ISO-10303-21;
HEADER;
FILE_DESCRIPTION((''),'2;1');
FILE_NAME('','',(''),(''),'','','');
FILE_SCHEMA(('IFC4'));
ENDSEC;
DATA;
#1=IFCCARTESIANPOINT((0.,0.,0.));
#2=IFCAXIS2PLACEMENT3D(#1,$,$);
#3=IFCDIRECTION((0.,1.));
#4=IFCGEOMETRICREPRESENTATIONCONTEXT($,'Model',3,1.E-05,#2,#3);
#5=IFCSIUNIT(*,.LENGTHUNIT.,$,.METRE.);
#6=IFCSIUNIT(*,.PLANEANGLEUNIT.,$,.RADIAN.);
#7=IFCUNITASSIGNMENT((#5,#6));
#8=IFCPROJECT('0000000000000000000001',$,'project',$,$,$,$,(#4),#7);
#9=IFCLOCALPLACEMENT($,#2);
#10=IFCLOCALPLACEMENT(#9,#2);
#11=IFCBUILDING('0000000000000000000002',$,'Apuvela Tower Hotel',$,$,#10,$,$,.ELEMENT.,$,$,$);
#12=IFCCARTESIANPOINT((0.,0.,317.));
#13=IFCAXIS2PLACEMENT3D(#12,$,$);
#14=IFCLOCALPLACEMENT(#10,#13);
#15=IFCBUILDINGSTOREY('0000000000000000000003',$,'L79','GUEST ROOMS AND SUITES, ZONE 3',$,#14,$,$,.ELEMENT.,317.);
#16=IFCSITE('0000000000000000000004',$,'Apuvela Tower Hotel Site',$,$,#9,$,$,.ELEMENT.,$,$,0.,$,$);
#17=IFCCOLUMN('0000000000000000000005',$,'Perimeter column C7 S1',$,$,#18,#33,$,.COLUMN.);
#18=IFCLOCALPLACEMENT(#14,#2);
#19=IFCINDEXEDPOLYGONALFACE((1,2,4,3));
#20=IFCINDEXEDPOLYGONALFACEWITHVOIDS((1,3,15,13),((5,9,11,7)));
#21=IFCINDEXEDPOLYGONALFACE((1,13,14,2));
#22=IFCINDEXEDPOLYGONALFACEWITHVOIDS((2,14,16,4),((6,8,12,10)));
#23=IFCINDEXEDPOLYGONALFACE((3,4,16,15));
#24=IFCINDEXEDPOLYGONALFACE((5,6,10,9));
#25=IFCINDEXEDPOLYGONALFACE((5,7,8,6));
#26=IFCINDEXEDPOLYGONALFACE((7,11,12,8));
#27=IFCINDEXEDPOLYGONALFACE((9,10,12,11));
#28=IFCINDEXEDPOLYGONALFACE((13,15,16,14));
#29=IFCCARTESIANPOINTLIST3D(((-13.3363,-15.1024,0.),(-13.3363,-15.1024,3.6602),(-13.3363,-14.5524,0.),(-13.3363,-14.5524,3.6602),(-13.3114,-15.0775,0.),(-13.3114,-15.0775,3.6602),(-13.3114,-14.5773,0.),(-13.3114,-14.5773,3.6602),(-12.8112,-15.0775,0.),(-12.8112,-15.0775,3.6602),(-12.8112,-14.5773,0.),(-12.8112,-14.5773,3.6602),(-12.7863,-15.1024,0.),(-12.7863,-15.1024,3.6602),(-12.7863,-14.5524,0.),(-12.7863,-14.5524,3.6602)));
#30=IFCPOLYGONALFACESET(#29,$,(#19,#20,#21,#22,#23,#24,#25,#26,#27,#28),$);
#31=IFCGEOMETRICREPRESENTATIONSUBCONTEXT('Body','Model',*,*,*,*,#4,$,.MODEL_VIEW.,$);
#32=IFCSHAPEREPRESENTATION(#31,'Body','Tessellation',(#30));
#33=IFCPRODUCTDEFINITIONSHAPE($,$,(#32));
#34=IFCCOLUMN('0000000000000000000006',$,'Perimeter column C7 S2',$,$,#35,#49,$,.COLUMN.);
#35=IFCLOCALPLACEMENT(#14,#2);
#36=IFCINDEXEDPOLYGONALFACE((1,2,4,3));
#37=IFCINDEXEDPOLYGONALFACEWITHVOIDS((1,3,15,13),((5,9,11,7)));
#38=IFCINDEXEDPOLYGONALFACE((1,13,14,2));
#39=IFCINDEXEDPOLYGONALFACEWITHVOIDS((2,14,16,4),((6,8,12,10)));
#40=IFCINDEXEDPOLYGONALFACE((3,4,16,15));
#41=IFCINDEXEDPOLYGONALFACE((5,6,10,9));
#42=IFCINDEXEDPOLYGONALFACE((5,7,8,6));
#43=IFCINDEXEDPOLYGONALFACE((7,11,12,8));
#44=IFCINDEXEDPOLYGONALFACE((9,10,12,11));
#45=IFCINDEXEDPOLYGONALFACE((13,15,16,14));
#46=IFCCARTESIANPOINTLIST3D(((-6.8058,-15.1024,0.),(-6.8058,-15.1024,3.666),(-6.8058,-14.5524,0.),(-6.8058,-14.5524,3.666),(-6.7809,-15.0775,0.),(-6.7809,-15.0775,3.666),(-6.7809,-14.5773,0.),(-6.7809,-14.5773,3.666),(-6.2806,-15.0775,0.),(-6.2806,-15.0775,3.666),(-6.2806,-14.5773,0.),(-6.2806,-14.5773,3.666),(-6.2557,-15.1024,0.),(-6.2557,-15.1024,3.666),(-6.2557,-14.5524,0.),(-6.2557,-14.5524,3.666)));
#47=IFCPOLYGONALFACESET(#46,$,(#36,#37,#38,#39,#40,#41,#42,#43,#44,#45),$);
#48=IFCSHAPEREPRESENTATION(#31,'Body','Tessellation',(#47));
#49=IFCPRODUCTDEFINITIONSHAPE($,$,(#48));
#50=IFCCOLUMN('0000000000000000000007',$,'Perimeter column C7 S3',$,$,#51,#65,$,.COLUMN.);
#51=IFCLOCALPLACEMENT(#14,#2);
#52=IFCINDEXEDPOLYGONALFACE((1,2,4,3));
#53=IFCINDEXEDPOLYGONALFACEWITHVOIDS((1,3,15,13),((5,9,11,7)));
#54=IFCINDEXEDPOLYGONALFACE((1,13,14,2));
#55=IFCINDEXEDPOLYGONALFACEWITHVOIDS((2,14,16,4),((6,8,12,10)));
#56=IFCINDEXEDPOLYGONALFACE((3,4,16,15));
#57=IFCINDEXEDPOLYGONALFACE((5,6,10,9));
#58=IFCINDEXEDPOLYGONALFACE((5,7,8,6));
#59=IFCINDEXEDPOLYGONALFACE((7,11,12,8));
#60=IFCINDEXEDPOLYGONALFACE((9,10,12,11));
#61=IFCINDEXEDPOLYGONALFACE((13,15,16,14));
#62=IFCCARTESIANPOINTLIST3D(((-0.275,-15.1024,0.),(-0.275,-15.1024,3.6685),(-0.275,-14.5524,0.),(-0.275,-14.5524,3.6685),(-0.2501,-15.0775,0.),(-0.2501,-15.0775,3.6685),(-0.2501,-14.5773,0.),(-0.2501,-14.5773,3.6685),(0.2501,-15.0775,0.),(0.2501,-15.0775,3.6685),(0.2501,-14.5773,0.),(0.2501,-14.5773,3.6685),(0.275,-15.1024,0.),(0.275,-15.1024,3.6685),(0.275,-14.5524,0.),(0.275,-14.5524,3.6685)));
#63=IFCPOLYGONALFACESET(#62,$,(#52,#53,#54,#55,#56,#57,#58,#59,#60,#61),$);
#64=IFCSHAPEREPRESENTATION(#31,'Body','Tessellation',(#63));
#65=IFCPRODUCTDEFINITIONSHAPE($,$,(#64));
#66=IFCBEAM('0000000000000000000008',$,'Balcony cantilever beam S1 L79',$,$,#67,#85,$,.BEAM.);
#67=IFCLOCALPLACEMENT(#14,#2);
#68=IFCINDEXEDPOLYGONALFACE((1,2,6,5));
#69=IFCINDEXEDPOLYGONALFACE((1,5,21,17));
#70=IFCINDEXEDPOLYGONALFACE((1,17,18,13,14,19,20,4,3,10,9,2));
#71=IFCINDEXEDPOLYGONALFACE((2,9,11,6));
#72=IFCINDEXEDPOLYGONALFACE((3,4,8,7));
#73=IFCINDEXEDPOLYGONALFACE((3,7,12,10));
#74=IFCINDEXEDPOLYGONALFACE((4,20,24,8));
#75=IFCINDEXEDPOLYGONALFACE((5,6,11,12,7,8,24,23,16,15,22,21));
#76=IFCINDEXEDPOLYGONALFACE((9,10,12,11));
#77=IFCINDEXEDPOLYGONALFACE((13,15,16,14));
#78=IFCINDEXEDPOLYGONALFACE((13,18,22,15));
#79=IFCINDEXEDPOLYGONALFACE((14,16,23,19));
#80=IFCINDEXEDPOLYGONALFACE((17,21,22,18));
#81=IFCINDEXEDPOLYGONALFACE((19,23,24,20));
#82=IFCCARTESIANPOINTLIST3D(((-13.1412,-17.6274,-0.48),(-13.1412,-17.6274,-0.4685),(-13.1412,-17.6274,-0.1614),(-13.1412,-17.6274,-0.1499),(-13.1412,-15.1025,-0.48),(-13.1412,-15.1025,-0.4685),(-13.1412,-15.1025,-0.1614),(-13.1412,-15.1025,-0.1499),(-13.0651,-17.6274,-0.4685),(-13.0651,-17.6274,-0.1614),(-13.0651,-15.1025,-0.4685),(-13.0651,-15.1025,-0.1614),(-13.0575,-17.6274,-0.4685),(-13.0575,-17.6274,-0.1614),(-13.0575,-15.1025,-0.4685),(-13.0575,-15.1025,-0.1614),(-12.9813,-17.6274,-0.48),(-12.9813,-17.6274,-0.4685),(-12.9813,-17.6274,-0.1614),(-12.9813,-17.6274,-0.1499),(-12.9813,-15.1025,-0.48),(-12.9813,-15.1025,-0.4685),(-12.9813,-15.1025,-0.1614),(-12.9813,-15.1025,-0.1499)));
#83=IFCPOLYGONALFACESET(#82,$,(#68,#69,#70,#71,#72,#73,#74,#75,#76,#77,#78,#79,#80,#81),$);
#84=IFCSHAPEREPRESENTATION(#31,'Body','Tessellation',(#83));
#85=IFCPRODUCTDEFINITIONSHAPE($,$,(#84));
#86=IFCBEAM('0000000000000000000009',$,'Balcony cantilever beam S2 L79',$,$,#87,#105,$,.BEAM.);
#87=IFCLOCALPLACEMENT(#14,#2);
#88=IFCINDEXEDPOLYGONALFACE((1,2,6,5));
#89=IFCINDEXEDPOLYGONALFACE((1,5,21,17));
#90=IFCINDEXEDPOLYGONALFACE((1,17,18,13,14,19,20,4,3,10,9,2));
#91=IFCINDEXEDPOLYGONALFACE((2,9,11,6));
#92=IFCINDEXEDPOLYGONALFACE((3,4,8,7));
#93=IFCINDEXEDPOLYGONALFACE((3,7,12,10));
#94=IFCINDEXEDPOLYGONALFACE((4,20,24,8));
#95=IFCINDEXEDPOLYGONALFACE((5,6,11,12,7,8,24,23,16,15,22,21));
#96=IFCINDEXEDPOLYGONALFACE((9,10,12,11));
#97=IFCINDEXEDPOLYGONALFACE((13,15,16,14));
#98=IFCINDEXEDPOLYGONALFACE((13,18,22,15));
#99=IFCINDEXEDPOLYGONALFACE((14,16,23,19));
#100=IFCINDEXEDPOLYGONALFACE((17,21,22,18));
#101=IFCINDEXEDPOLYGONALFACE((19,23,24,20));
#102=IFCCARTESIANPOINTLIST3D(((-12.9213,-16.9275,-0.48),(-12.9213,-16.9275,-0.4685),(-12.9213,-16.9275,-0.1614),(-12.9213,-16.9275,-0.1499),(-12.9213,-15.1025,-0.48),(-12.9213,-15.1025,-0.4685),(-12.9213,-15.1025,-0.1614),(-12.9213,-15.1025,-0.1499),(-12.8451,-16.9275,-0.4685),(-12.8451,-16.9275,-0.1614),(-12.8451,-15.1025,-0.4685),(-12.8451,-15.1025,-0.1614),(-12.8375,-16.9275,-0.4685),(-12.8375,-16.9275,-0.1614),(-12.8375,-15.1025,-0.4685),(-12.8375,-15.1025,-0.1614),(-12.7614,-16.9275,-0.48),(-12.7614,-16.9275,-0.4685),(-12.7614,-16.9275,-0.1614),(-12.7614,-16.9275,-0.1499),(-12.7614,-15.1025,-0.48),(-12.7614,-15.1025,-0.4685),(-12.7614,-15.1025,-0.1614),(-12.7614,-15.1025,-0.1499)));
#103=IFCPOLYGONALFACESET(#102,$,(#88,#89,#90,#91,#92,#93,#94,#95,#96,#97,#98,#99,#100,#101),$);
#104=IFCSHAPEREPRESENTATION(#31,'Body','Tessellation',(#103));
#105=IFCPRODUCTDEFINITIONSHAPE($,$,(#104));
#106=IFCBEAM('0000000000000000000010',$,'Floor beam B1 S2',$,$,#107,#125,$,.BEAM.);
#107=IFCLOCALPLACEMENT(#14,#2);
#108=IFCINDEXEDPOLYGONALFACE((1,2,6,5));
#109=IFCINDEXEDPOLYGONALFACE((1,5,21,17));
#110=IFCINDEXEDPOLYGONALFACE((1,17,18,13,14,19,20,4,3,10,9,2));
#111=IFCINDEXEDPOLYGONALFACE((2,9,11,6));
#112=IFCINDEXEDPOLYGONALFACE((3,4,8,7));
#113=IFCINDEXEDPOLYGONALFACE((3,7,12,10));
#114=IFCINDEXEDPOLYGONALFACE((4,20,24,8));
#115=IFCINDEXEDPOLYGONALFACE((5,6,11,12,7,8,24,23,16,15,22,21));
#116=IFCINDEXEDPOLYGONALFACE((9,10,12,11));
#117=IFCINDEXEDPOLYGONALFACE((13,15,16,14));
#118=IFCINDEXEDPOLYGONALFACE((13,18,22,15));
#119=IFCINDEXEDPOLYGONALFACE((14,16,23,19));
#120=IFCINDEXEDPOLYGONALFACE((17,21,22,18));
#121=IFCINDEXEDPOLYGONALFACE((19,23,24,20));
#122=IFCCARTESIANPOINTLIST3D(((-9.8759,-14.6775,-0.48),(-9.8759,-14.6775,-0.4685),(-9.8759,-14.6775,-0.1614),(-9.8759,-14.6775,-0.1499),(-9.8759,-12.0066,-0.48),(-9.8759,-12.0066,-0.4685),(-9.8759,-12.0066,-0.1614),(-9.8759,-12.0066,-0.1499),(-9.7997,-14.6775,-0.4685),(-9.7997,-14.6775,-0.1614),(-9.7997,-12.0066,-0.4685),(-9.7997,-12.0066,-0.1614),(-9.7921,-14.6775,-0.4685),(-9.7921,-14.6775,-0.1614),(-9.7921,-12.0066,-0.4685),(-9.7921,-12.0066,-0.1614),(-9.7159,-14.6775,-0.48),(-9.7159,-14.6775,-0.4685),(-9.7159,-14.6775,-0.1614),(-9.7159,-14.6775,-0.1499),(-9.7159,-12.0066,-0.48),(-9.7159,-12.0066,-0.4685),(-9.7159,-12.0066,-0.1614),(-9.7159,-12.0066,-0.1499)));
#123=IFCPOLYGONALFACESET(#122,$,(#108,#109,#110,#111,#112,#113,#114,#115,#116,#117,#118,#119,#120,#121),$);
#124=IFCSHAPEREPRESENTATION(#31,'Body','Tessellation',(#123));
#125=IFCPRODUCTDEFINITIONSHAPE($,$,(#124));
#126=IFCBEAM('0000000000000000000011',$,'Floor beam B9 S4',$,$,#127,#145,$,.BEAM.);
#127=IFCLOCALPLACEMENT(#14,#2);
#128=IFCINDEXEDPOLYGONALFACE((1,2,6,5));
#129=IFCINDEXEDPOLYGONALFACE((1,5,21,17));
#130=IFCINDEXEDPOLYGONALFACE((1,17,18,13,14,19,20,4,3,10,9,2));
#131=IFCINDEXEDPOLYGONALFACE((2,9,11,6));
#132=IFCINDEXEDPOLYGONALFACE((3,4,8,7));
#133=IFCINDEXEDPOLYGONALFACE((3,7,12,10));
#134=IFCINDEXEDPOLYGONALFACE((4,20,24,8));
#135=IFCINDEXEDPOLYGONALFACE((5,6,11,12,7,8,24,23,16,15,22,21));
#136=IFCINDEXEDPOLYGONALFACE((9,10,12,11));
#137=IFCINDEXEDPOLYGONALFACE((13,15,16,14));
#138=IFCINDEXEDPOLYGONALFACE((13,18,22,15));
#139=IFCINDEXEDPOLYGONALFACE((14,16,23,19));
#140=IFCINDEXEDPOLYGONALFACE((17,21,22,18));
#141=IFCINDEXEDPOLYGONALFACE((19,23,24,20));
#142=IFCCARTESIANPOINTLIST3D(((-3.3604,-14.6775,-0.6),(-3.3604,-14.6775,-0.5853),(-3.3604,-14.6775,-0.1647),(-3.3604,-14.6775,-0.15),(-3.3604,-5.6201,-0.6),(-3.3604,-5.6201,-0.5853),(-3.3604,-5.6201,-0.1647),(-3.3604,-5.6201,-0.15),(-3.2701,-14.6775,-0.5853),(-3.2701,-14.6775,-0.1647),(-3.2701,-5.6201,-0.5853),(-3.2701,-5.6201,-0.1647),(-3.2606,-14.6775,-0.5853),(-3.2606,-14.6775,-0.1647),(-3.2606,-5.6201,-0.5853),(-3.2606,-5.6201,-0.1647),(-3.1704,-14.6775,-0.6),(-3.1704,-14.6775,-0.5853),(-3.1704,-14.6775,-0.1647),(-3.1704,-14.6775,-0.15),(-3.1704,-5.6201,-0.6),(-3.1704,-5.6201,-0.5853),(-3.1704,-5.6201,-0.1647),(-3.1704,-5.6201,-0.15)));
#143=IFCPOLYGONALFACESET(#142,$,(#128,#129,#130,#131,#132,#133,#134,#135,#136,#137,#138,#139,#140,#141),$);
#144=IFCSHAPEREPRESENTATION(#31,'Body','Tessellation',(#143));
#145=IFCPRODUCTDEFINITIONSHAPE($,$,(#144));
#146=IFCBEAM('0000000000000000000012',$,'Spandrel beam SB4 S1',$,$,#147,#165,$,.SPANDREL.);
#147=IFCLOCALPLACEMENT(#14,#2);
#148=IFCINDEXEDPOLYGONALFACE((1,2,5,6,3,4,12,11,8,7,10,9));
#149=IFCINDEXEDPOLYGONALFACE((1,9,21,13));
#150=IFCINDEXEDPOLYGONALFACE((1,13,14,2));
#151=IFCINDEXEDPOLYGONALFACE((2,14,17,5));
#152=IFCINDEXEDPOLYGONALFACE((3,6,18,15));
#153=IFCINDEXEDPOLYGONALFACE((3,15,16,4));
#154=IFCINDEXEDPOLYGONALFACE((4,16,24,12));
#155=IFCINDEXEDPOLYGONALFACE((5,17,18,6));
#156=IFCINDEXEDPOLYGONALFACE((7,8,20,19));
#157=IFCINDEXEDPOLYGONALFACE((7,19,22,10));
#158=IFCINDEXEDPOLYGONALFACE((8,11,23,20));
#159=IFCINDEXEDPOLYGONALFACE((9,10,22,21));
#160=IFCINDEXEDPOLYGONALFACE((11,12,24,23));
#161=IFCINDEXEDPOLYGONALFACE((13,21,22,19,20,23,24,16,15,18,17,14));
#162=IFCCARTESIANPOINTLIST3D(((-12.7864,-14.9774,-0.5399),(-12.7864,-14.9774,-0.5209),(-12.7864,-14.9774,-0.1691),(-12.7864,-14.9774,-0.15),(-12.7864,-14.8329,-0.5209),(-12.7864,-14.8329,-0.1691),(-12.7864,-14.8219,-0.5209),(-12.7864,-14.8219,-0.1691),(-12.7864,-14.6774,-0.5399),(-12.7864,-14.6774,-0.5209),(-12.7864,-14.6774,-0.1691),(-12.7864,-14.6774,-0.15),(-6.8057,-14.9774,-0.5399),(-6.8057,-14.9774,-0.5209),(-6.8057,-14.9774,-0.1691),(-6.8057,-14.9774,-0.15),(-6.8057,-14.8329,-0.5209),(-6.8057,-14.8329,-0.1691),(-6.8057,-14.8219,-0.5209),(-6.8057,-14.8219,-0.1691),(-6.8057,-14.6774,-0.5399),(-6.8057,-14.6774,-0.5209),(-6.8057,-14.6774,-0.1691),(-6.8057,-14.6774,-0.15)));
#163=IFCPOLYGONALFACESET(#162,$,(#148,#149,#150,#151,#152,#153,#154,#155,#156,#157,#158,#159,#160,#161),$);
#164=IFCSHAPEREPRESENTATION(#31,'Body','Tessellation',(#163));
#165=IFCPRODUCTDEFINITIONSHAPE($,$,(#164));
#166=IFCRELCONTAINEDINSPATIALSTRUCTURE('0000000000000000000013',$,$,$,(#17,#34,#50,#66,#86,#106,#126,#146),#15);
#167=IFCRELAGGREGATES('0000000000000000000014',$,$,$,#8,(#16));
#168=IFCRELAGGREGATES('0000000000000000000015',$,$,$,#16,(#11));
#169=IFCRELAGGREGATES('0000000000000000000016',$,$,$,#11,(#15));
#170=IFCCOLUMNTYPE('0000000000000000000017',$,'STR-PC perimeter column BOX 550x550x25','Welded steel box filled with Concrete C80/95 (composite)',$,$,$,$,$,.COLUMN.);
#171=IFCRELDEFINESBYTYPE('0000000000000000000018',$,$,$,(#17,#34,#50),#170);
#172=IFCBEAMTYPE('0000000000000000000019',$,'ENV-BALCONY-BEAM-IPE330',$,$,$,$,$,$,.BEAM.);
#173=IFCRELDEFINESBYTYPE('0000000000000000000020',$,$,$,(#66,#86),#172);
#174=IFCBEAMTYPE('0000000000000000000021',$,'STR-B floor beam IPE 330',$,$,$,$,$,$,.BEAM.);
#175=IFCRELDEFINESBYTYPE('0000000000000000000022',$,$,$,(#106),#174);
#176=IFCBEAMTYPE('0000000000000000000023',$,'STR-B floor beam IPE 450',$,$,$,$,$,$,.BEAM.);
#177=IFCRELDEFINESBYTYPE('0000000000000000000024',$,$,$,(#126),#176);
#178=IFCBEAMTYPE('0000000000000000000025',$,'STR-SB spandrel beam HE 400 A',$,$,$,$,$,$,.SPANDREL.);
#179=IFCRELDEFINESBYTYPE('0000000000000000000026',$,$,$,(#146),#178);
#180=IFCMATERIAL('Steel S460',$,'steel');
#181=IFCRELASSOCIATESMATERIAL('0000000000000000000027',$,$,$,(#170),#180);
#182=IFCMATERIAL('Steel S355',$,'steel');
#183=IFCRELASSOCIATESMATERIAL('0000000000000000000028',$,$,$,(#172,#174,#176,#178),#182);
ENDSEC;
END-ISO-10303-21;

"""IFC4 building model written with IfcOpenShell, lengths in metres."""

from ifc_helpers import new_model, si_unit, direction, frame, origin, origin_2d, place, context, subcontext, project, spatial, rectangle, hollow_rectangle, i_section, extrude, boolean, halfspace, material, material_profile, profile_set, type_object, element, save


model = new_model("IFC4")

# Units and contexts
model_context = context("Model", 3, precision=1e-05, world=origin(), true_north=direction((0.0, 1.0)))
body_context = subcontext(model_context, "Body", "Model", "MODEL_VIEW")
ifc_project = project(units=[si_unit("LENGTHUNIT", "METRE"), si_unit("PLANEANGLEUNIT", "RADIAN")], contexts=[model_context])

# Site, building, storey
site_placement = place(None, origin())
site = spatial("IfcSite", under=ifc_project, at=site_placement, Name="Apuvela Tower Hotel Site", CompositionType="ELEMENT", RefElevation=0.0)
building_placement = place(site_placement, origin())
building = spatial("IfcBuilding", under=site, at=building_placement, Name="Apuvela Tower Hotel", CompositionType="ELEMENT")
storey_placement = place(building_placement, frame((0.0, 0.0, 317.0)))
storey = spatial("IfcBuildingStorey", under=building, at=storey_placement, Name="L79", Description="GUEST ROOMS AND SUITES, ZONE 3", CompositionType="ELEMENT", Elevation=317.0)

# Columns
ifc_material_1 = material(Name="Steel S460", Category="steel")
ifc_material_profile_1 = material_profile(ifc_material_1, hollow_rectangle(XDim=0.55, YDim=0.55, WallThickness=0.0249, at=origin_2d()), Name="BOX 550x550x25")
ifc_material_2 = material(Name="Concrete C80/95", Category="concrete")
ifc_material_profile_2 = material_profile(ifc_material_2, rectangle(XDim=0.5, YDim=0.5, at=origin_2d()), Name="Concrete C80/95 infill")
ifc_profile_set_1 = profile_set([ifc_material_profile_1, ifc_material_profile_2], Name="Steel S460")
column_type = type_object("IfcColumnType", Name="STR-PC perimeter column BOX 550x550x25", Description="Welded steel box filled with Concrete C80/95 (composite)", PredefinedType="COLUMN", material=ifc_profile_set_1)
column_1_placement = place(storey_placement, frame((-13.0613, -14.8274, 0.0), z_axis=(0.0, 0.0, 1.0), x_axis=(-1.0, 0.0, 0.0)))
element("IfcColumn", 1, at=column_1_placement, inside=storey, type_object=column_type, Name="Perimeter column C7 S1", PredefinedType="COLUMN", context=body_context, shape_type="SweptSolid", body=[
    boolean("DIFFERENCE", extrude(hollow_rectangle(XDim=0.55, YDim=0.55, WallThickness=0.0249, at=origin_2d()), origin(), (0.0, 0.0, 1.0), 3.7), halfspace(frame((0.0, 0.0, 3.6602), z_axis=(0.0, 0.0, 1.0), x_axis=(1.0, 0.0, 0.0)), False)),
])
column_2_placement = place(storey_placement, frame((-6.5308, -14.8274, 0.0), z_axis=(0.0, 0.0, 1.0), x_axis=(-1.0, 0.0, 0.0)))
element("IfcColumn", 2, at=column_2_placement, inside=storey, type_object=column_type, Name="Perimeter column C7 S2", PredefinedType="COLUMN", context=body_context, shape_type="SweptSolid", body=[
    boolean("DIFFERENCE", extrude(hollow_rectangle(XDim=0.55, YDim=0.55, WallThickness=0.0249, at=origin_2d()), origin(), (0.0, 0.0, 1.0), 3.7), halfspace(frame((0.0, 0.0, 3.666), z_axis=(0.0, 0.0, 1.0), x_axis=(1.0, 0.0, 0.0)), False)),
])
column_3_placement = place(storey_placement, frame((0.0, -14.8274, 0.0), z_axis=(0.0, 0.0, 1.0), x_axis=(-1.0, 0.0, 0.0)))
element("IfcColumn", 3, at=column_3_placement, inside=storey, type_object=column_type, Name="Perimeter column C7 S3", PredefinedType="COLUMN", context=body_context, shape_type="SweptSolid", body=[
    boolean("DIFFERENCE", extrude(hollow_rectangle(XDim=0.55, YDim=0.55, WallThickness=0.0249, at=origin_2d()), origin(), (0.0, 0.0, 1.0), 3.7), halfspace(frame((0.0, 0.0, 3.6685), z_axis=(0.0, 0.0, 1.0), x_axis=(1.0, 0.0, 0.0)), False)),
])

# Beams
ifc_material_3 = material(Name="Steel S355", Category="steel")
ifc_material_profile_3 = material_profile(ifc_material_3, i_section(OverallWidth=0.1599, OverallDepth=0.3301, WebThickness=0.0076, FlangeThickness=0.0115, at=origin_2d()), Name="IPE 330")
ifc_profile_set_2 = profile_set([ifc_material_profile_3], Name="Steel S355")
beam_type_1 = type_object("IfcBeamType", Name="ENV-BALCONY-BEAM-IPE330", PredefinedType="BEAM", material=ifc_profile_set_2)
beam_1_placement = place(storey_placement, frame((-13.0613, -15.1025, -0.3149), z_axis=(0.0, -1.0, 0.0), x_axis=(1.0, 0.0, 0.0)))
element("IfcBeam", 4, at=beam_1_placement, inside=storey, type_object=beam_type_1, Name="Balcony cantilever beam S1 L79", PredefinedType="BEAM", context=body_context, shape_type="SweptSolid", body=[
    extrude(i_section(OverallWidth=0.1599, OverallDepth=0.3301, WebThickness=0.0076, FlangeThickness=0.0115, at=origin_2d()), origin(), (0.0, 0.0, 1.0), 2.5249),
])
beam_2_placement = place(storey_placement, frame((-12.8413, -15.1025, -0.3149), z_axis=(0.0, -1.0, 0.0), x_axis=(1.0, 0.0, 0.0)))
element("IfcBeam", 5, at=beam_2_placement, inside=storey, type_object=beam_type_1, Name="Balcony cantilever beam S2 L79", PredefinedType="BEAM", context=body_context, shape_type="SweptSolid", body=[
    extrude(i_section(OverallWidth=0.1599, OverallDepth=0.3301, WebThickness=0.0076, FlangeThickness=0.0115, at=origin_2d()), origin(), (0.0, 0.0, 1.0), 1.825),
])
ifc_material_profile_4 = material_profile(ifc_material_3, i_section(OverallWidth=0.1599, OverallDepth=0.3301, WebThickness=0.0076, FlangeThickness=0.0115, at=origin_2d()), Name="IPE 330")
ifc_profile_set_3 = profile_set([ifc_material_profile_4], Name="Steel S355")
beam_type_2 = type_object("IfcBeamType", Name="STR-B floor beam IPE 330", PredefinedType="BEAM", material=ifc_profile_set_3)
beam_3_placement = place(storey_placement, frame((-9.7959, -14.6775, -0.3149), z_axis=(0.0, 1.0, 0.0), x_axis=(-1.0, 0.0, 0.0)))
element("IfcBeam", 6, at=beam_3_placement, inside=storey, type_object=beam_type_2, Name="Floor beam B1 S2", PredefinedType="BEAM", context=body_context, shape_type="SweptSolid", body=[
    extrude(i_section(OverallWidth=0.1599, OverallDepth=0.3301, WebThickness=0.0076, FlangeThickness=0.0115, at=origin_2d()), origin(), (0.0, 0.0, 1.0), 2.6709),
])
ifc_material_profile_5 = material_profile(ifc_material_3, i_section(OverallWidth=0.1899, OverallDepth=0.45, WebThickness=0.0095, FlangeThickness=0.0146, at=origin_2d()), Name="IPE 450")
ifc_profile_set_4 = profile_set([ifc_material_profile_5], Name="Steel S355")
beam_type_3 = type_object("IfcBeamType", Name="STR-B floor beam IPE 450", PredefinedType="BEAM", material=ifc_profile_set_4)
beam_4_placement = place(storey_placement, frame((-3.2654, -14.6775, -0.375), z_axis=(0.0, 1.0, 0.0), x_axis=(-1.0, 0.0, 0.0)))
element("IfcBeam", 7, at=beam_4_placement, inside=storey, type_object=beam_type_3, Name="Floor beam B9 S4", PredefinedType="BEAM", context=body_context, shape_type="SweptSolid", body=[
    extrude(i_section(OverallWidth=0.1899, OverallDepth=0.45, WebThickness=0.0095, FlangeThickness=0.0146, at=origin_2d()), origin(), (0.0, 0.0, 1.0), 9.0574),
])
ifc_material_profile_6 = material_profile(ifc_material_3, i_section(OverallWidth=0.3, OverallDepth=0.3899, WebThickness=0.011, FlangeThickness=0.019, at=origin_2d()), Name="HE 400 A")
ifc_profile_set_5 = profile_set([ifc_material_profile_6], Name="Steel S355")
beam_type_4 = type_object("IfcBeamType", Name="STR-SB spandrel beam HE 400 A", PredefinedType="SPANDREL", material=ifc_profile_set_5)
for number, where, z_axis, x_axis, name in (
    (8, (-12.7864, -14.8274, -0.345), (1.0, 0.0, 0.0), (0.0, 1.0, 0.0), "Spandrel beam SB4 S1"),
):
    element("IfcBeam", number, at=place(storey_placement, frame(where, z_axis=z_axis, x_axis=x_axis)), inside=storey, type_object=beam_type_4, Name=name, PredefinedType="SPANDREL", context=body_context, shape_type="SweptSolid", body=[
        extrude(i_section(OverallWidth=0.3, OverallDepth=0.3899, WebThickness=0.011, FlangeThickness=0.019, at=origin_2d()), origin(), (0.0, 0.0, 1.0), 5.9807),
    ])

save(model, "model.ifc")
